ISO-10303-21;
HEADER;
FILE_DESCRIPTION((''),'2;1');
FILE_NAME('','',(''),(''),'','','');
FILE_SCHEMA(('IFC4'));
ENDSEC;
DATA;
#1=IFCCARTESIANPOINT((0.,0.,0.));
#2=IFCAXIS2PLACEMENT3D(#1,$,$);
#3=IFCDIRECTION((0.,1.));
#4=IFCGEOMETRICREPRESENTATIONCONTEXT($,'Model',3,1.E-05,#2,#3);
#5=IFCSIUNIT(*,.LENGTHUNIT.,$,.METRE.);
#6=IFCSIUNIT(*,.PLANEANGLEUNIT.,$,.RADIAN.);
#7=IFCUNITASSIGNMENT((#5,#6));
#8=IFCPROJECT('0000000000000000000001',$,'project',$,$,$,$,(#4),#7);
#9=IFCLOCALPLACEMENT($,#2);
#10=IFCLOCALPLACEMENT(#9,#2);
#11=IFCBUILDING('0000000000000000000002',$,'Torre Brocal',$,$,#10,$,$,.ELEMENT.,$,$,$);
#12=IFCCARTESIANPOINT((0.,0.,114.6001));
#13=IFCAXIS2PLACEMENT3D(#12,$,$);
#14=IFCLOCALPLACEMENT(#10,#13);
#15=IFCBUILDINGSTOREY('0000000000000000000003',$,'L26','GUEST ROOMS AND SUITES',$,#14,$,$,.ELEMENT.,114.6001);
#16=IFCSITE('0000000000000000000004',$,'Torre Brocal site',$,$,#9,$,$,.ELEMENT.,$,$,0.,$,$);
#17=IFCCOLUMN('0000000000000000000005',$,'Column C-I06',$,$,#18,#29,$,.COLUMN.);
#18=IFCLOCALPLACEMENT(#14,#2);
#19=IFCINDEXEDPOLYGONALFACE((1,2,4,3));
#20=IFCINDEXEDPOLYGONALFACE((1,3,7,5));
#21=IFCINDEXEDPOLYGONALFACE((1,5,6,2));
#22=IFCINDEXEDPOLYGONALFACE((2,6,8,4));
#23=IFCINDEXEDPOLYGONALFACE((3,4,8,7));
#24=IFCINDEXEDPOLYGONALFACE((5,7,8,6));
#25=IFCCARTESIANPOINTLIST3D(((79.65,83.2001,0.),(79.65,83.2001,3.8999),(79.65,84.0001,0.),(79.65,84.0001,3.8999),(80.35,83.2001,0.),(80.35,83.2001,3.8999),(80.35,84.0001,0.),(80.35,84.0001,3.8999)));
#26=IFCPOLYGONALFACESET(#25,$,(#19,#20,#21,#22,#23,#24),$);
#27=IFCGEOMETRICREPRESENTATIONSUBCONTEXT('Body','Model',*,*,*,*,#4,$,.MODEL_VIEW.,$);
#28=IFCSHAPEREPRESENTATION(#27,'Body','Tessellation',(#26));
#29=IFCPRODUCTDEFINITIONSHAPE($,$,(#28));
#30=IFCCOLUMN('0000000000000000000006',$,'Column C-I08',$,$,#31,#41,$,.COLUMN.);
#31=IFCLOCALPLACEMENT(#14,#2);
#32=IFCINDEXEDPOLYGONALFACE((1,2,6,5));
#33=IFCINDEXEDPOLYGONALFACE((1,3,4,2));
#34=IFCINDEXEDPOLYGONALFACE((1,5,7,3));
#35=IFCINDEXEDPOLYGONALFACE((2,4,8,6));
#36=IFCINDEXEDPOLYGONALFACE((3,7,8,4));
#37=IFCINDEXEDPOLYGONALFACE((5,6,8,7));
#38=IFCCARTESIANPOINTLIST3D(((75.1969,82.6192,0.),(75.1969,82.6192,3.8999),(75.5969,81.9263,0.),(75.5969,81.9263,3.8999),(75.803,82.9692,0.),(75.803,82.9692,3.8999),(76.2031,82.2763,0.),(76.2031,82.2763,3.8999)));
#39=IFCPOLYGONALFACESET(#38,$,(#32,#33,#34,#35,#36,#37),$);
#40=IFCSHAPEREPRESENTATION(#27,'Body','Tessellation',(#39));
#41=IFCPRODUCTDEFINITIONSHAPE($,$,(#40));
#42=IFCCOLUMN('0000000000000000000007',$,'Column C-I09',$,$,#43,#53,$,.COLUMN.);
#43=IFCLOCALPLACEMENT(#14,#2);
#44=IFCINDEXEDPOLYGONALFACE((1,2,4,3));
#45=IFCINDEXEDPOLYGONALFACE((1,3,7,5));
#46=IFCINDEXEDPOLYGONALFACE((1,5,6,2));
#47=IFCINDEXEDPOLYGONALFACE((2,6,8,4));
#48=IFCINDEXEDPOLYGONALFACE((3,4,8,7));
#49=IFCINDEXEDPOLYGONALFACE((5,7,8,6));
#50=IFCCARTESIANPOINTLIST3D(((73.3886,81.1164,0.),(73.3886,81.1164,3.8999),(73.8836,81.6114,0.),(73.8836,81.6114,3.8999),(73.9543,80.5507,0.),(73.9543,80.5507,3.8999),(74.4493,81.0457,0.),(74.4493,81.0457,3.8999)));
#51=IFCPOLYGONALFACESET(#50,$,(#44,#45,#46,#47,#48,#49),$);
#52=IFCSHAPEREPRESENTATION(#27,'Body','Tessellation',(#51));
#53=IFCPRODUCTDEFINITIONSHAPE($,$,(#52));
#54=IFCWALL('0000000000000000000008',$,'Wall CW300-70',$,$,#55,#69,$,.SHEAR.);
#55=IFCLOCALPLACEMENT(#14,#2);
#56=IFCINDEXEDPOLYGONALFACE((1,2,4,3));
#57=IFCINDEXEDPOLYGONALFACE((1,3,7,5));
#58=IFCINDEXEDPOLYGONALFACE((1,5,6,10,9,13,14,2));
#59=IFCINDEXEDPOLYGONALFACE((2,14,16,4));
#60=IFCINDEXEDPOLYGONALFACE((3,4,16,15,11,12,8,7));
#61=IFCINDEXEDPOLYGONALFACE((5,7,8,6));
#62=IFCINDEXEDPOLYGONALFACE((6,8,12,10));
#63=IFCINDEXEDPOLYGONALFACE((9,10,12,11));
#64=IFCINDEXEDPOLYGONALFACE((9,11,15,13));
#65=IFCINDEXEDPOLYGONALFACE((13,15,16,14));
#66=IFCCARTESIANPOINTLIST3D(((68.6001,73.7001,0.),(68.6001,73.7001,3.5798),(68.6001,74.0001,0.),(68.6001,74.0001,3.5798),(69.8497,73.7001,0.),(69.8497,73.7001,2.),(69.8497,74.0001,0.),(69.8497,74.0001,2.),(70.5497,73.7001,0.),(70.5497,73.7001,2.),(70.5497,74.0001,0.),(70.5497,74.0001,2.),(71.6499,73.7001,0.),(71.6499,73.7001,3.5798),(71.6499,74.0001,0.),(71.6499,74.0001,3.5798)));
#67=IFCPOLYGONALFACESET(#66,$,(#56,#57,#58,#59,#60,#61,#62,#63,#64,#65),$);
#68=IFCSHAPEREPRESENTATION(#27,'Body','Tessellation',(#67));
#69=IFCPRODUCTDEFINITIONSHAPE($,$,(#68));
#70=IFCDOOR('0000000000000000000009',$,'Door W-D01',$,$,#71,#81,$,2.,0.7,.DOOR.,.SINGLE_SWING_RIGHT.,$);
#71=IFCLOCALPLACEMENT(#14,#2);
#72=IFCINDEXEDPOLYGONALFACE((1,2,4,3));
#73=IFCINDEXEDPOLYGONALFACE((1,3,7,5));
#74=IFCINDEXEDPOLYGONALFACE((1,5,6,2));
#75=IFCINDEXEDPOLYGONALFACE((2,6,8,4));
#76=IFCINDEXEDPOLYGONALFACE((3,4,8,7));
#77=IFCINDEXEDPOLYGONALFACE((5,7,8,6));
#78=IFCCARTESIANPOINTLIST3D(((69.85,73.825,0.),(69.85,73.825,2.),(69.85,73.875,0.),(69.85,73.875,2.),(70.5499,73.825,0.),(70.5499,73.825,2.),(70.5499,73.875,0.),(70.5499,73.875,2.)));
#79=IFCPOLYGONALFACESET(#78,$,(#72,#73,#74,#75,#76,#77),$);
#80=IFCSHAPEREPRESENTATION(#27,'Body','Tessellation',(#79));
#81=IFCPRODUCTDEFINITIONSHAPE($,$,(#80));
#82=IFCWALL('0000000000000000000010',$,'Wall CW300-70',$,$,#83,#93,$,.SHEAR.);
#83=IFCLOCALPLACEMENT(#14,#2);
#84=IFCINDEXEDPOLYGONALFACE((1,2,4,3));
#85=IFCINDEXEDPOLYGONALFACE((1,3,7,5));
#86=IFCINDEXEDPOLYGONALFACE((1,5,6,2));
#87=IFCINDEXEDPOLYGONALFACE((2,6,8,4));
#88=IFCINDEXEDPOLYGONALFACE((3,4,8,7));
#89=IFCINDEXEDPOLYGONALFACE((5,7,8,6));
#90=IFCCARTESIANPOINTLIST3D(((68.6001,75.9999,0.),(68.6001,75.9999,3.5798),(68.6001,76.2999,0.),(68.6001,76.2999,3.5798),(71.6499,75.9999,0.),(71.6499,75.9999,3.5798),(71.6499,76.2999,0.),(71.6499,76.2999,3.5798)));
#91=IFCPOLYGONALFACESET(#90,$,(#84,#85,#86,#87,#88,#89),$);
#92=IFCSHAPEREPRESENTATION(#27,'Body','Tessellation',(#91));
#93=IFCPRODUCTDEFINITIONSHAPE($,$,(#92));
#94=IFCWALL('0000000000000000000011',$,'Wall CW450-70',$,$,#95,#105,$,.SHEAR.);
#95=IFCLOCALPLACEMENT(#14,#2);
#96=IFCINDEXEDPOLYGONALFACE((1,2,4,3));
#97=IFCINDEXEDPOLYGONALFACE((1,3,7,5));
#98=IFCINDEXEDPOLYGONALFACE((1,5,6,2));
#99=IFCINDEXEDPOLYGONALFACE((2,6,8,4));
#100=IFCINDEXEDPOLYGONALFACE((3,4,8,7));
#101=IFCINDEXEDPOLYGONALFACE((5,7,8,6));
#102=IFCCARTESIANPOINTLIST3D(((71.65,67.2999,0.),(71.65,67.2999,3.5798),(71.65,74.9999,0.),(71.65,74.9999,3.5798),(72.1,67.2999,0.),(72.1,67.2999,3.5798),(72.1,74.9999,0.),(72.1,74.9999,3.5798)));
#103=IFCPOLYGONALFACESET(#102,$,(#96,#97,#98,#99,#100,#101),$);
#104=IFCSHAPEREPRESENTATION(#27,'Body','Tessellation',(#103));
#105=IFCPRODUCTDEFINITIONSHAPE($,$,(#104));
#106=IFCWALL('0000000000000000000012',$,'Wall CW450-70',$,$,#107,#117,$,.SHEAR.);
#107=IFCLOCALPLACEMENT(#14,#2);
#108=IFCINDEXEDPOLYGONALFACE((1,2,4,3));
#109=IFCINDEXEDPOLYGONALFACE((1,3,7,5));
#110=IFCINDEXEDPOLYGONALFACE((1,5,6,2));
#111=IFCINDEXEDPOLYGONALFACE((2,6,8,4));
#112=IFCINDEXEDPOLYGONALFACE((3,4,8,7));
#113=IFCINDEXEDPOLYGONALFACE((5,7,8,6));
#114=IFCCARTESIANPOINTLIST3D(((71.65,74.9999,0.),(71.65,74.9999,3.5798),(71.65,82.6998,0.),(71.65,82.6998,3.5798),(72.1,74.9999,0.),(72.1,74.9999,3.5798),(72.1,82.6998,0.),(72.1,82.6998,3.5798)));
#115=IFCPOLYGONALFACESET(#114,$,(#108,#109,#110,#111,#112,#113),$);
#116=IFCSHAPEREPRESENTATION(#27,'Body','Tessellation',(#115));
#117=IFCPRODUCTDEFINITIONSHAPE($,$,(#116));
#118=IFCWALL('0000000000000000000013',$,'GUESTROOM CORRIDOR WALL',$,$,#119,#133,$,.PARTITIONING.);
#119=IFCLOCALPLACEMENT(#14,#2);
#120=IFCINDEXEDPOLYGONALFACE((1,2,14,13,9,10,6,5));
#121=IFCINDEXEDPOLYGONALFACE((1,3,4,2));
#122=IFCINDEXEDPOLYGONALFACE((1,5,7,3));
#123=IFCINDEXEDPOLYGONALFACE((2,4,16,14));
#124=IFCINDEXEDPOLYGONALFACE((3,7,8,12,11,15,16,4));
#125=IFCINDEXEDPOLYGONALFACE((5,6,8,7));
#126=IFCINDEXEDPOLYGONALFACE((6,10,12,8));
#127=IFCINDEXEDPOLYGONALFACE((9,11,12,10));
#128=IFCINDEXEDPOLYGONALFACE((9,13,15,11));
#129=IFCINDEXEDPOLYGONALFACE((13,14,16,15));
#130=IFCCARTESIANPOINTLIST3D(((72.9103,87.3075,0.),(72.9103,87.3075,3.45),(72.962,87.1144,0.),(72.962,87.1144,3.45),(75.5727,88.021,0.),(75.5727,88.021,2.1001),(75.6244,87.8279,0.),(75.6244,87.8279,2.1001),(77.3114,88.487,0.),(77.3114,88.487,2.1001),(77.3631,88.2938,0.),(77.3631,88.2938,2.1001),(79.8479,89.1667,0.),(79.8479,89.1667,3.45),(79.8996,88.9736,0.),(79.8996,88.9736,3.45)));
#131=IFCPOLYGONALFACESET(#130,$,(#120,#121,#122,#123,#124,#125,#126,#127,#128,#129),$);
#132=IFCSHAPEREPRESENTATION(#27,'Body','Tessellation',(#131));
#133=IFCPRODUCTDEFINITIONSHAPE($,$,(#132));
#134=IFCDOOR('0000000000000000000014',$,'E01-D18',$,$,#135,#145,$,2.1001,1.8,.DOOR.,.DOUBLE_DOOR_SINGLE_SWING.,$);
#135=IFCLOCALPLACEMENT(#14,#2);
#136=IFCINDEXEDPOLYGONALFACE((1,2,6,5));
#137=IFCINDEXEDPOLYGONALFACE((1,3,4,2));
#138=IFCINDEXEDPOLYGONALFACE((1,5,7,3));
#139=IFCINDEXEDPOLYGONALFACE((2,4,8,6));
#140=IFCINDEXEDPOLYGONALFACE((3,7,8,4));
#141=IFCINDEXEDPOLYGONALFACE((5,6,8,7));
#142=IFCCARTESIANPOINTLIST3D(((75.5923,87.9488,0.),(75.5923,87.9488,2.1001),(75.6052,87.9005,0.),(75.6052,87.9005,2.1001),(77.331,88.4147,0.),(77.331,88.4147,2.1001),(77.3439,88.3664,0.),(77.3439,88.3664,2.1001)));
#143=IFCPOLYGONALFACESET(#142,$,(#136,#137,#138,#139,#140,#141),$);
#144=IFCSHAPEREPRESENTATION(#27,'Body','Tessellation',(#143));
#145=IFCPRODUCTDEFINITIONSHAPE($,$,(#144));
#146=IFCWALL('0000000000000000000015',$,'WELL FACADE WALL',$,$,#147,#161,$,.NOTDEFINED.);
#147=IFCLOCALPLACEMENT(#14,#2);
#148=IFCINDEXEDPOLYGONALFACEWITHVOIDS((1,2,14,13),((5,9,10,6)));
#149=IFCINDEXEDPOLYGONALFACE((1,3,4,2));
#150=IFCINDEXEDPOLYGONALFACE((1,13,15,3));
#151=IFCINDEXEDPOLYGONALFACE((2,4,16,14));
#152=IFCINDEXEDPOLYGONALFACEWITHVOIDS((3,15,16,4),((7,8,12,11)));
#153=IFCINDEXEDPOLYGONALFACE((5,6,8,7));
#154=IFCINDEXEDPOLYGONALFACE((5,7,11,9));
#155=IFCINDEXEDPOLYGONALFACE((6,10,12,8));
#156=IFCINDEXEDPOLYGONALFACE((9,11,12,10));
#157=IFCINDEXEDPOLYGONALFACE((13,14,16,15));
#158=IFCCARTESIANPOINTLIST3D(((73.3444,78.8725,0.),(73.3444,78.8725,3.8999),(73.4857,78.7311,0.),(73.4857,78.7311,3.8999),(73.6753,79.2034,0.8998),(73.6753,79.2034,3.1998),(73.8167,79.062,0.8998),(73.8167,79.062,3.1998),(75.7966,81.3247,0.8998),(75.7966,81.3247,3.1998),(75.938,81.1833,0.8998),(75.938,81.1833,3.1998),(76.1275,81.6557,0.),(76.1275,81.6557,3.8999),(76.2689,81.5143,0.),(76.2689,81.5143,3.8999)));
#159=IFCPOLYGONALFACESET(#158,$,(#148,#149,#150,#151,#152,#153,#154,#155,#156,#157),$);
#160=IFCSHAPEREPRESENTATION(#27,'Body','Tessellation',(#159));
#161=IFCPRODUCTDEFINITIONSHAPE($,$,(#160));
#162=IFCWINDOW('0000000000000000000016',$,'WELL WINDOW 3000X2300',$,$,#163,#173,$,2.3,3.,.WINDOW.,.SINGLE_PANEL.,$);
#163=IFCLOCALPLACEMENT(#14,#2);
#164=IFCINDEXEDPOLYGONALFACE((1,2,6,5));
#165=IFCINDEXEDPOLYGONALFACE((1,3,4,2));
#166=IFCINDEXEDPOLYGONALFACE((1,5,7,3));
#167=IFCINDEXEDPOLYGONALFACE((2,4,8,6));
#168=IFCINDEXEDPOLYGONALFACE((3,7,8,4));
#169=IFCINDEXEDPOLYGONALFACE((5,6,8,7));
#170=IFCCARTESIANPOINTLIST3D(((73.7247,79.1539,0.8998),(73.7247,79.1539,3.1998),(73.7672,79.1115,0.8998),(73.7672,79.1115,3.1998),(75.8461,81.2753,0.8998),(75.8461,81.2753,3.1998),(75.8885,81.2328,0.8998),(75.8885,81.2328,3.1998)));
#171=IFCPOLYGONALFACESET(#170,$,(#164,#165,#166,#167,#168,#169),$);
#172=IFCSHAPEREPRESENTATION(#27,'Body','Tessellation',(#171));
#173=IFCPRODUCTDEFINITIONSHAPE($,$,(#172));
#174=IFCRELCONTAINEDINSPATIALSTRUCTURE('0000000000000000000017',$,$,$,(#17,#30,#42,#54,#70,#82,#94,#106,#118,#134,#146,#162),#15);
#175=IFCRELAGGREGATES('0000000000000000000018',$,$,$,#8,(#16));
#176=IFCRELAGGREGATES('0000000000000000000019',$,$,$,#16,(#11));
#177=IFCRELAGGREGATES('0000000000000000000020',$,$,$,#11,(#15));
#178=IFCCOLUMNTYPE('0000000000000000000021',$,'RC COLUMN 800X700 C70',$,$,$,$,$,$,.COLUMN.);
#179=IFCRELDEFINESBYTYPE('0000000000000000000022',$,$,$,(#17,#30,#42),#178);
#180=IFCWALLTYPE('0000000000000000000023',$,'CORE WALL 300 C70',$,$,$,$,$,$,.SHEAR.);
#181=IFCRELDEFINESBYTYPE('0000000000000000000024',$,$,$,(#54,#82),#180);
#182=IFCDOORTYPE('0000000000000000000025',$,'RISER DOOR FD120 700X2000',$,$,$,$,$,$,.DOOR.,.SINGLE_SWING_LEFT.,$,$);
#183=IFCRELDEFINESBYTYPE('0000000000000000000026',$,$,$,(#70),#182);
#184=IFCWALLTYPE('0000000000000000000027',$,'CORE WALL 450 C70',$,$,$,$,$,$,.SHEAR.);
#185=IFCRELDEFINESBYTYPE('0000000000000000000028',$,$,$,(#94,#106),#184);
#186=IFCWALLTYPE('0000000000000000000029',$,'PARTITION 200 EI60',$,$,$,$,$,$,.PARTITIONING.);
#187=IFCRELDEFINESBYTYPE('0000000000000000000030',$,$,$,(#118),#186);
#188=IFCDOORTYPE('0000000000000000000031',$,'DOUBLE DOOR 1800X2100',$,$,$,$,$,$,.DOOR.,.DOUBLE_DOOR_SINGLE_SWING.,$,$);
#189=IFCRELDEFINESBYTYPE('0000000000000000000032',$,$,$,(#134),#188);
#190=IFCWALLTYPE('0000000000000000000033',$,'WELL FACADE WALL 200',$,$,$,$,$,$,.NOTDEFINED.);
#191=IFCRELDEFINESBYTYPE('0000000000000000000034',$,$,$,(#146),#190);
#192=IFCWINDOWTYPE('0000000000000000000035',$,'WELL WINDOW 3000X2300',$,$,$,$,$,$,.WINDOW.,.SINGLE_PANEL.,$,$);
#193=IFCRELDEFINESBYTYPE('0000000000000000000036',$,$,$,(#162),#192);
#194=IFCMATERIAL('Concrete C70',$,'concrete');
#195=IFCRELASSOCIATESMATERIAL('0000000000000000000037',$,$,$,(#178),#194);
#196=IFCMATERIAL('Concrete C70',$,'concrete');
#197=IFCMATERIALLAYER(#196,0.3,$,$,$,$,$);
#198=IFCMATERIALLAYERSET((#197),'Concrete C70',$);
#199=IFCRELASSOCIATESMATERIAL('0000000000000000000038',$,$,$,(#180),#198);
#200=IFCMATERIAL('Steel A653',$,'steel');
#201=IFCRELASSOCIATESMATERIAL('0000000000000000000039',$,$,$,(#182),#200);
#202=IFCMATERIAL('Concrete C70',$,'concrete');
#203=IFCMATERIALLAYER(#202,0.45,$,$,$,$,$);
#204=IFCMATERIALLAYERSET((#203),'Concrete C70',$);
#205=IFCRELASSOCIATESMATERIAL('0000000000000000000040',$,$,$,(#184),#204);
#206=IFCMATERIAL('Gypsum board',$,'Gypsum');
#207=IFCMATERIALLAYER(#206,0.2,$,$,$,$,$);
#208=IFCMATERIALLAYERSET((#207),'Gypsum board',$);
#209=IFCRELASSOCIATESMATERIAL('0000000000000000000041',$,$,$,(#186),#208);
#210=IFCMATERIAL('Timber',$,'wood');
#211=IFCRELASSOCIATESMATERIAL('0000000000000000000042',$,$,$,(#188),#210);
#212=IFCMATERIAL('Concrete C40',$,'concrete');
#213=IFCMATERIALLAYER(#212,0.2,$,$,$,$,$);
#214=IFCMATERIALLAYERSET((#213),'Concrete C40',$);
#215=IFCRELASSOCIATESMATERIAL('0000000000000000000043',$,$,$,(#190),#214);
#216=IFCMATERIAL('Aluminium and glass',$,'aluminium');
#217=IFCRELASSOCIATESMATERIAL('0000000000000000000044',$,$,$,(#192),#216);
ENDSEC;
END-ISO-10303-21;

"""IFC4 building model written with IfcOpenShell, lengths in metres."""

from ifc_helpers import new_model, si_unit, direction, frame, frame_2d, origin, origin_2d, place, context, subcontext, project, spatial, rectangle, extrude, material, layer, layer_set, material_profile, profile_set, type_object, element, fill, save


model = new_model("IFC4")

# Units and contexts
model_context = context("Model", 3, precision=1e-05, world=origin(), true_north=direction((0.0, 1.0)))
body_context = subcontext(model_context, "Body", "Model", "MODEL_VIEW")
ifc_project = project(units=[si_unit("LENGTHUNIT", "METRE"), si_unit("PLANEANGLEUNIT", "RADIAN")], contexts=[model_context])

# Site, building, storey
site_placement = place(None, origin())
site = spatial("IfcSite", under=ifc_project, at=site_placement, Name="Torre Brocal site", CompositionType="ELEMENT", RefElevation=0.0)
building_placement = place(site_placement, origin())
building = spatial("IfcBuilding", under=site, at=building_placement, Name="Torre Brocal", CompositionType="ELEMENT")
storey_placement = place(building_placement, frame((0.0, 0.0, 114.6001)))
storey = spatial("IfcBuildingStorey", under=building, at=storey_placement, Name="L26", Description="GUEST ROOMS AND SUITES", CompositionType="ELEMENT", Elevation=114.6001)

# Columns
ifc_material_1 = material(Name="Concrete C70", Category="concrete")
ifc_material_profile = material_profile(ifc_material_1, rectangle(XDim=0.8, YDim=0.7, at=origin_2d()), Name="RC 800X700")
ifc_profile_set = profile_set([ifc_material_profile], Name="Concrete C70")
column_type = type_object("IfcColumnType", Name="RC COLUMN 800X700 C70", PredefinedType="COLUMN", material=ifc_profile_set)
for number, where, z_axis, x_axis, name in (
    (1, (80.0, 83.6001, 0.0), (0.0, 0.0, 1.0), (0.0, 1.0, 0.0), "Column C-I06"),
    (2, (75.7, 82.4478, 0.0), (0.0, 0.0, 1.0), (-0.5, 0.866025, 0.0), "Column C-I08"),
    (3, (73.9189, 81.0811, 0.0), (0.0, 0.0, 1.0), (-0.707107, 0.707107, 0.0), "Column C-I09"),
):
    element("IfcColumn", number, at=place(storey_placement, frame(where, z_axis=z_axis, x_axis=x_axis)), inside=storey, type_object=column_type, Name=name, PredefinedType="COLUMN", context=body_context, shape_type="SweptSolid", body=[
        extrude(rectangle(XDim=0.8, YDim=0.7, at=origin_2d()), origin(), (0.0, 0.0, 1.0), 3.8999),
    ])

# Wall, opening, door
ifc_material_2 = material(Name="Concrete C70", Category="concrete")
ifc_layer_1 = layer(ifc_material_2, 0.3)
ifc_layer_set_1 = layer_set([ifc_layer_1], Name="Concrete C70")
wall_type_1 = type_object("IfcWallType", Name="CORE WALL 300 C70", PredefinedType="SHEAR", material=ifc_layer_set_1)
wall_1_placement = place(storey_placement, frame((71.6499, 73.8501, 0.0), z_axis=(0.0, 0.0, 1.0), x_axis=(-1.0, 0.0, 0.0)))
wall_1 = element("IfcWall", 4, at=wall_1_placement, inside=storey, type_object=wall_type_1, Name="Wall CW300-70", PredefinedType="SHEAR", context=body_context, shape_type="SweptSolid", body=[
    extrude(rectangle(XDim=3.0498, YDim=0.3, at=frame_2d((1.5249, 0.0))), origin(), (0.0, 0.0, 1.0), 3.5798),
])
opening_1_placement = place(wall_1_placement, frame((1.1001, 0.0, 0.0)))
opening_1 = element("IfcOpeningElement", 5, at=opening_1_placement, cuts=wall_1, PredefinedType="OPENING", context=body_context, shape_type="SweptSolid", body=[
    extrude(rectangle(XDim=0.7, YDim=2.0, at=frame_2d((0.3501, 1.0))), frame((0.0, 0.1599, 0.0), z_axis=(0.0, -1.0, 0.0), x_axis=(1.0, 0.0, 0.0)), (0.0, 0.0, 1.0), 0.3201),
])
ifc_material_3 = material(Name="Steel A653", Category="steel")
door_type_1 = type_object("IfcDoorType", Name="RISER DOOR FD120 700X2000", OperationType="SINGLE_SWING_LEFT", PredefinedType="DOOR", material=ifc_material_3)
door_1_placement = place(opening_1_placement, frame((0.7, 0.0, 0.0), z_axis=(0.0, 0.0, 1.0), x_axis=(-1.0, 0.0, 0.0)))
door_1 = element("IfcDoor", 6, at=door_1_placement, inside=storey, type_object=door_type_1, Name="Door W-D01", OperationType="SINGLE_SWING_RIGHT", OverallHeight=2.0, OverallWidth=0.7, PredefinedType="DOOR", context=body_context, shape_type="SweptSolid", body=[
    extrude(rectangle(XDim=0.7, YDim=2.0, at=frame_2d((0.3501, 1.0))), frame((0.0, 0.0249, 0.0), z_axis=(0.0, -1.0, 0.0), x_axis=(1.0, 0.0, 0.0)), (0.0, 0.0, 1.0), 0.05),
])
fill(opening_1, door_1)

# Walls
wall_2_placement = place(storey_placement, frame((71.6499, 76.1499, 0.0), z_axis=(0.0, 0.0, 1.0), x_axis=(-1.0, 0.0, 0.0)))
element("IfcWall", 7, at=wall_2_placement, inside=storey, type_object=wall_type_1, Name="Wall CW300-70", PredefinedType="SHEAR", context=body_context, shape_type="SweptSolid", body=[
    extrude(rectangle(XDim=3.0498, YDim=0.3, at=frame_2d((1.5249, 0.0))), origin(), (0.0, 0.0, 1.0), 3.5798),
])
ifc_material_4 = material(Name="Concrete C70", Category="concrete")
ifc_layer_2 = layer(ifc_material_4, 0.45)
ifc_layer_set_2 = layer_set([ifc_layer_2], Name="Concrete C70")
wall_type_2 = type_object("IfcWallType", Name="CORE WALL 450 C70", PredefinedType="SHEAR", material=ifc_layer_set_2)
for number, where, z_axis, x_axis, name in (
    (8, (71.875, 75.0, 0.0), (0.0, 0.0, 1.0), (0.0, -1.0, 0.0), "Wall CW450-70"),
    (9, (71.875, 82.7, 0.0), (0.0, 0.0, 1.0), (0.0, -1.0, 0.0), "Wall CW450-70"),
):
    element("IfcWall", number, at=place(storey_placement, frame(where, z_axis=z_axis, x_axis=x_axis)), inside=storey, type_object=wall_type_2, Name=name, PredefinedType="SHEAR", context=body_context, shape_type="SweptSolid", body=[
        extrude(rectangle(XDim=7.7, YDim=0.45, at=frame_2d((3.8501, 0.0))), origin(), (0.0, 0.0, 1.0), 3.5798),
    ])

# Wall, opening, door
ifc_material_5 = material(Name="Gypsum board", Category="Gypsum")
ifc_layer_3 = layer(ifc_material_5, 0.2)
ifc_layer_set_3 = layer_set([ifc_layer_3], Name="Gypsum board")
wall_type_3 = type_object("IfcWallType", Name="PARTITION 200 EI60", PredefinedType="PARTITIONING", material=ifc_layer_set_3)
wall_3_placement = place(storey_placement, frame((72.936, 87.2109, 0.0), z_axis=(0.0, 0.0, 1.0), x_axis=(0.965918, 0.258849, 0.0)))
wall_3 = element("IfcWall", 10, at=wall_3_placement, inside=storey, type_object=wall_type_3, Name="GUESTROOM CORRIDOR WALL", PredefinedType="PARTITIONING", context=body_context, shape_type="SweptSolid", body=[
    extrude(rectangle(XDim=7.1824, YDim=0.2, at=frame_2d((3.5913, 0.0))), origin(), (0.0, 0.0, 1.0), 3.45),
])
opening_2_placement = place(wall_3_placement, frame((2.7566, 0.0, 0.0)))
opening_2 = element("IfcOpeningElement", 11, at=opening_2_placement, cuts=wall_3, PredefinedType="OPENING", context=body_context, shape_type="SweptSolid", body=[
    extrude(rectangle(XDim=1.8, YDim=2.1001, at=frame_2d((0.8999, 1.05))), frame((0.0, 0.1099, 0.0), z_axis=(0.0, -1.0, 0.0), x_axis=(1.0, 0.0, 0.0)), (0.0, 0.0, 1.0), 0.22),
])
ifc_material_6 = material(Name="Timber", Category="wood")
door_type_2 = type_object("IfcDoorType", Name="DOUBLE DOOR 1800X2100", OperationType="DOUBLE_DOOR_SINGLE_SWING", PredefinedType="DOOR", material=ifc_material_6)
door_2_placement = place(opening_2_placement, frame((1.8, 0.0, 0.0), z_axis=(0.0, 0.0, 1.0), x_axis=(-1.0, 0.0, 0.0)))
door_2 = element("IfcDoor", 12, at=door_2_placement, inside=storey, type_object=door_type_2, Name="E01-D18", OperationType="DOUBLE_DOOR_SINGLE_SWING", OverallHeight=2.1001, OverallWidth=1.8, PredefinedType="DOOR", context=body_context, shape_type="SweptSolid", body=[
    extrude(rectangle(XDim=1.8, YDim=2.1001, at=frame_2d((0.8999, 1.05))), frame((0.0, 0.0249, 0.0), z_axis=(0.0, -1.0, 0.0), x_axis=(1.0, 0.0, 0.0)), (0.0, 0.0, 1.0), 0.05),
])
fill(opening_2, door_2)

# Wall, opening, window
ifc_material_7 = material(Name="Concrete C40", Category="concrete")
ifc_layer_4 = layer(ifc_material_7, 0.2)
ifc_layer_set_4 = layer_set([ifc_layer_4], Name="Concrete C40")
wall_type_4 = type_object("IfcWallType", Name="WELL FACADE WALL 200", PredefinedType="NOTDEFINED", material=ifc_layer_set_4)
wall_4_placement = place(storey_placement, frame((76.1982, 81.585, 0.0), z_axis=(0.0, 0.0, 1.0), x_axis=(-0.707107, -0.707107, 0.0)))
wall_4 = element("IfcWall", 13, at=wall_4_placement, inside=storey, type_object=wall_type_4, Name="WELL FACADE WALL", PredefinedType="NOTDEFINED", context=body_context, shape_type="SweptSolid", body=[
    extrude(rectangle(XDim=3.936, YDim=0.2, at=frame_2d((1.968, 0.0))), origin(), (0.0, 0.0, 1.0), 3.8999),
])
opening_3_placement = place(wall_4_placement, frame((0.468, 0.0, 0.8999)))
opening_3 = element("IfcOpeningElement", 14, at=opening_3_placement, cuts=wall_4, PredefinedType="OPENING", context=body_context, shape_type="SweptSolid", body=[
    extrude(rectangle(XDim=3.0, YDim=2.3, at=frame_2d((1.5, 1.1499))), frame((0.0, 0.1099, 0.0), z_axis=(0.0, -1.0, 0.0), x_axis=(1.0, 0.0, 0.0)), (0.0, 0.0, 1.0), 0.22),
])
ifc_material_8 = material(Name="Aluminium and glass", Category="aluminium")
window_type = type_object("IfcWindowType", Name="WELL WINDOW 3000X2300", PartitioningType="SINGLE_PANEL", PredefinedType="WINDOW", material=ifc_material_8)
window_1_placement = place(opening_3_placement, origin())
window_1 = element("IfcWindow", 15, at=window_1_placement, inside=storey, type_object=window_type, Name="WELL WINDOW 3000X2300", OverallHeight=2.3, OverallWidth=3.0, PartitioningType="SINGLE_PANEL", PredefinedType="WINDOW", context=body_context, shape_type="SweptSolid", body=[
    extrude(rectangle(XDim=3.0, YDim=2.3, at=frame_2d((1.5, 1.1499))), frame((0.0, 0.03, 0.0), z_axis=(0.0, -1.0, 0.0), x_axis=(1.0, 0.0, 0.0)), (0.0, 0.0, 1.0), 0.0601),
])
fill(opening_3, window_1)

save(model, "model.ifc")
